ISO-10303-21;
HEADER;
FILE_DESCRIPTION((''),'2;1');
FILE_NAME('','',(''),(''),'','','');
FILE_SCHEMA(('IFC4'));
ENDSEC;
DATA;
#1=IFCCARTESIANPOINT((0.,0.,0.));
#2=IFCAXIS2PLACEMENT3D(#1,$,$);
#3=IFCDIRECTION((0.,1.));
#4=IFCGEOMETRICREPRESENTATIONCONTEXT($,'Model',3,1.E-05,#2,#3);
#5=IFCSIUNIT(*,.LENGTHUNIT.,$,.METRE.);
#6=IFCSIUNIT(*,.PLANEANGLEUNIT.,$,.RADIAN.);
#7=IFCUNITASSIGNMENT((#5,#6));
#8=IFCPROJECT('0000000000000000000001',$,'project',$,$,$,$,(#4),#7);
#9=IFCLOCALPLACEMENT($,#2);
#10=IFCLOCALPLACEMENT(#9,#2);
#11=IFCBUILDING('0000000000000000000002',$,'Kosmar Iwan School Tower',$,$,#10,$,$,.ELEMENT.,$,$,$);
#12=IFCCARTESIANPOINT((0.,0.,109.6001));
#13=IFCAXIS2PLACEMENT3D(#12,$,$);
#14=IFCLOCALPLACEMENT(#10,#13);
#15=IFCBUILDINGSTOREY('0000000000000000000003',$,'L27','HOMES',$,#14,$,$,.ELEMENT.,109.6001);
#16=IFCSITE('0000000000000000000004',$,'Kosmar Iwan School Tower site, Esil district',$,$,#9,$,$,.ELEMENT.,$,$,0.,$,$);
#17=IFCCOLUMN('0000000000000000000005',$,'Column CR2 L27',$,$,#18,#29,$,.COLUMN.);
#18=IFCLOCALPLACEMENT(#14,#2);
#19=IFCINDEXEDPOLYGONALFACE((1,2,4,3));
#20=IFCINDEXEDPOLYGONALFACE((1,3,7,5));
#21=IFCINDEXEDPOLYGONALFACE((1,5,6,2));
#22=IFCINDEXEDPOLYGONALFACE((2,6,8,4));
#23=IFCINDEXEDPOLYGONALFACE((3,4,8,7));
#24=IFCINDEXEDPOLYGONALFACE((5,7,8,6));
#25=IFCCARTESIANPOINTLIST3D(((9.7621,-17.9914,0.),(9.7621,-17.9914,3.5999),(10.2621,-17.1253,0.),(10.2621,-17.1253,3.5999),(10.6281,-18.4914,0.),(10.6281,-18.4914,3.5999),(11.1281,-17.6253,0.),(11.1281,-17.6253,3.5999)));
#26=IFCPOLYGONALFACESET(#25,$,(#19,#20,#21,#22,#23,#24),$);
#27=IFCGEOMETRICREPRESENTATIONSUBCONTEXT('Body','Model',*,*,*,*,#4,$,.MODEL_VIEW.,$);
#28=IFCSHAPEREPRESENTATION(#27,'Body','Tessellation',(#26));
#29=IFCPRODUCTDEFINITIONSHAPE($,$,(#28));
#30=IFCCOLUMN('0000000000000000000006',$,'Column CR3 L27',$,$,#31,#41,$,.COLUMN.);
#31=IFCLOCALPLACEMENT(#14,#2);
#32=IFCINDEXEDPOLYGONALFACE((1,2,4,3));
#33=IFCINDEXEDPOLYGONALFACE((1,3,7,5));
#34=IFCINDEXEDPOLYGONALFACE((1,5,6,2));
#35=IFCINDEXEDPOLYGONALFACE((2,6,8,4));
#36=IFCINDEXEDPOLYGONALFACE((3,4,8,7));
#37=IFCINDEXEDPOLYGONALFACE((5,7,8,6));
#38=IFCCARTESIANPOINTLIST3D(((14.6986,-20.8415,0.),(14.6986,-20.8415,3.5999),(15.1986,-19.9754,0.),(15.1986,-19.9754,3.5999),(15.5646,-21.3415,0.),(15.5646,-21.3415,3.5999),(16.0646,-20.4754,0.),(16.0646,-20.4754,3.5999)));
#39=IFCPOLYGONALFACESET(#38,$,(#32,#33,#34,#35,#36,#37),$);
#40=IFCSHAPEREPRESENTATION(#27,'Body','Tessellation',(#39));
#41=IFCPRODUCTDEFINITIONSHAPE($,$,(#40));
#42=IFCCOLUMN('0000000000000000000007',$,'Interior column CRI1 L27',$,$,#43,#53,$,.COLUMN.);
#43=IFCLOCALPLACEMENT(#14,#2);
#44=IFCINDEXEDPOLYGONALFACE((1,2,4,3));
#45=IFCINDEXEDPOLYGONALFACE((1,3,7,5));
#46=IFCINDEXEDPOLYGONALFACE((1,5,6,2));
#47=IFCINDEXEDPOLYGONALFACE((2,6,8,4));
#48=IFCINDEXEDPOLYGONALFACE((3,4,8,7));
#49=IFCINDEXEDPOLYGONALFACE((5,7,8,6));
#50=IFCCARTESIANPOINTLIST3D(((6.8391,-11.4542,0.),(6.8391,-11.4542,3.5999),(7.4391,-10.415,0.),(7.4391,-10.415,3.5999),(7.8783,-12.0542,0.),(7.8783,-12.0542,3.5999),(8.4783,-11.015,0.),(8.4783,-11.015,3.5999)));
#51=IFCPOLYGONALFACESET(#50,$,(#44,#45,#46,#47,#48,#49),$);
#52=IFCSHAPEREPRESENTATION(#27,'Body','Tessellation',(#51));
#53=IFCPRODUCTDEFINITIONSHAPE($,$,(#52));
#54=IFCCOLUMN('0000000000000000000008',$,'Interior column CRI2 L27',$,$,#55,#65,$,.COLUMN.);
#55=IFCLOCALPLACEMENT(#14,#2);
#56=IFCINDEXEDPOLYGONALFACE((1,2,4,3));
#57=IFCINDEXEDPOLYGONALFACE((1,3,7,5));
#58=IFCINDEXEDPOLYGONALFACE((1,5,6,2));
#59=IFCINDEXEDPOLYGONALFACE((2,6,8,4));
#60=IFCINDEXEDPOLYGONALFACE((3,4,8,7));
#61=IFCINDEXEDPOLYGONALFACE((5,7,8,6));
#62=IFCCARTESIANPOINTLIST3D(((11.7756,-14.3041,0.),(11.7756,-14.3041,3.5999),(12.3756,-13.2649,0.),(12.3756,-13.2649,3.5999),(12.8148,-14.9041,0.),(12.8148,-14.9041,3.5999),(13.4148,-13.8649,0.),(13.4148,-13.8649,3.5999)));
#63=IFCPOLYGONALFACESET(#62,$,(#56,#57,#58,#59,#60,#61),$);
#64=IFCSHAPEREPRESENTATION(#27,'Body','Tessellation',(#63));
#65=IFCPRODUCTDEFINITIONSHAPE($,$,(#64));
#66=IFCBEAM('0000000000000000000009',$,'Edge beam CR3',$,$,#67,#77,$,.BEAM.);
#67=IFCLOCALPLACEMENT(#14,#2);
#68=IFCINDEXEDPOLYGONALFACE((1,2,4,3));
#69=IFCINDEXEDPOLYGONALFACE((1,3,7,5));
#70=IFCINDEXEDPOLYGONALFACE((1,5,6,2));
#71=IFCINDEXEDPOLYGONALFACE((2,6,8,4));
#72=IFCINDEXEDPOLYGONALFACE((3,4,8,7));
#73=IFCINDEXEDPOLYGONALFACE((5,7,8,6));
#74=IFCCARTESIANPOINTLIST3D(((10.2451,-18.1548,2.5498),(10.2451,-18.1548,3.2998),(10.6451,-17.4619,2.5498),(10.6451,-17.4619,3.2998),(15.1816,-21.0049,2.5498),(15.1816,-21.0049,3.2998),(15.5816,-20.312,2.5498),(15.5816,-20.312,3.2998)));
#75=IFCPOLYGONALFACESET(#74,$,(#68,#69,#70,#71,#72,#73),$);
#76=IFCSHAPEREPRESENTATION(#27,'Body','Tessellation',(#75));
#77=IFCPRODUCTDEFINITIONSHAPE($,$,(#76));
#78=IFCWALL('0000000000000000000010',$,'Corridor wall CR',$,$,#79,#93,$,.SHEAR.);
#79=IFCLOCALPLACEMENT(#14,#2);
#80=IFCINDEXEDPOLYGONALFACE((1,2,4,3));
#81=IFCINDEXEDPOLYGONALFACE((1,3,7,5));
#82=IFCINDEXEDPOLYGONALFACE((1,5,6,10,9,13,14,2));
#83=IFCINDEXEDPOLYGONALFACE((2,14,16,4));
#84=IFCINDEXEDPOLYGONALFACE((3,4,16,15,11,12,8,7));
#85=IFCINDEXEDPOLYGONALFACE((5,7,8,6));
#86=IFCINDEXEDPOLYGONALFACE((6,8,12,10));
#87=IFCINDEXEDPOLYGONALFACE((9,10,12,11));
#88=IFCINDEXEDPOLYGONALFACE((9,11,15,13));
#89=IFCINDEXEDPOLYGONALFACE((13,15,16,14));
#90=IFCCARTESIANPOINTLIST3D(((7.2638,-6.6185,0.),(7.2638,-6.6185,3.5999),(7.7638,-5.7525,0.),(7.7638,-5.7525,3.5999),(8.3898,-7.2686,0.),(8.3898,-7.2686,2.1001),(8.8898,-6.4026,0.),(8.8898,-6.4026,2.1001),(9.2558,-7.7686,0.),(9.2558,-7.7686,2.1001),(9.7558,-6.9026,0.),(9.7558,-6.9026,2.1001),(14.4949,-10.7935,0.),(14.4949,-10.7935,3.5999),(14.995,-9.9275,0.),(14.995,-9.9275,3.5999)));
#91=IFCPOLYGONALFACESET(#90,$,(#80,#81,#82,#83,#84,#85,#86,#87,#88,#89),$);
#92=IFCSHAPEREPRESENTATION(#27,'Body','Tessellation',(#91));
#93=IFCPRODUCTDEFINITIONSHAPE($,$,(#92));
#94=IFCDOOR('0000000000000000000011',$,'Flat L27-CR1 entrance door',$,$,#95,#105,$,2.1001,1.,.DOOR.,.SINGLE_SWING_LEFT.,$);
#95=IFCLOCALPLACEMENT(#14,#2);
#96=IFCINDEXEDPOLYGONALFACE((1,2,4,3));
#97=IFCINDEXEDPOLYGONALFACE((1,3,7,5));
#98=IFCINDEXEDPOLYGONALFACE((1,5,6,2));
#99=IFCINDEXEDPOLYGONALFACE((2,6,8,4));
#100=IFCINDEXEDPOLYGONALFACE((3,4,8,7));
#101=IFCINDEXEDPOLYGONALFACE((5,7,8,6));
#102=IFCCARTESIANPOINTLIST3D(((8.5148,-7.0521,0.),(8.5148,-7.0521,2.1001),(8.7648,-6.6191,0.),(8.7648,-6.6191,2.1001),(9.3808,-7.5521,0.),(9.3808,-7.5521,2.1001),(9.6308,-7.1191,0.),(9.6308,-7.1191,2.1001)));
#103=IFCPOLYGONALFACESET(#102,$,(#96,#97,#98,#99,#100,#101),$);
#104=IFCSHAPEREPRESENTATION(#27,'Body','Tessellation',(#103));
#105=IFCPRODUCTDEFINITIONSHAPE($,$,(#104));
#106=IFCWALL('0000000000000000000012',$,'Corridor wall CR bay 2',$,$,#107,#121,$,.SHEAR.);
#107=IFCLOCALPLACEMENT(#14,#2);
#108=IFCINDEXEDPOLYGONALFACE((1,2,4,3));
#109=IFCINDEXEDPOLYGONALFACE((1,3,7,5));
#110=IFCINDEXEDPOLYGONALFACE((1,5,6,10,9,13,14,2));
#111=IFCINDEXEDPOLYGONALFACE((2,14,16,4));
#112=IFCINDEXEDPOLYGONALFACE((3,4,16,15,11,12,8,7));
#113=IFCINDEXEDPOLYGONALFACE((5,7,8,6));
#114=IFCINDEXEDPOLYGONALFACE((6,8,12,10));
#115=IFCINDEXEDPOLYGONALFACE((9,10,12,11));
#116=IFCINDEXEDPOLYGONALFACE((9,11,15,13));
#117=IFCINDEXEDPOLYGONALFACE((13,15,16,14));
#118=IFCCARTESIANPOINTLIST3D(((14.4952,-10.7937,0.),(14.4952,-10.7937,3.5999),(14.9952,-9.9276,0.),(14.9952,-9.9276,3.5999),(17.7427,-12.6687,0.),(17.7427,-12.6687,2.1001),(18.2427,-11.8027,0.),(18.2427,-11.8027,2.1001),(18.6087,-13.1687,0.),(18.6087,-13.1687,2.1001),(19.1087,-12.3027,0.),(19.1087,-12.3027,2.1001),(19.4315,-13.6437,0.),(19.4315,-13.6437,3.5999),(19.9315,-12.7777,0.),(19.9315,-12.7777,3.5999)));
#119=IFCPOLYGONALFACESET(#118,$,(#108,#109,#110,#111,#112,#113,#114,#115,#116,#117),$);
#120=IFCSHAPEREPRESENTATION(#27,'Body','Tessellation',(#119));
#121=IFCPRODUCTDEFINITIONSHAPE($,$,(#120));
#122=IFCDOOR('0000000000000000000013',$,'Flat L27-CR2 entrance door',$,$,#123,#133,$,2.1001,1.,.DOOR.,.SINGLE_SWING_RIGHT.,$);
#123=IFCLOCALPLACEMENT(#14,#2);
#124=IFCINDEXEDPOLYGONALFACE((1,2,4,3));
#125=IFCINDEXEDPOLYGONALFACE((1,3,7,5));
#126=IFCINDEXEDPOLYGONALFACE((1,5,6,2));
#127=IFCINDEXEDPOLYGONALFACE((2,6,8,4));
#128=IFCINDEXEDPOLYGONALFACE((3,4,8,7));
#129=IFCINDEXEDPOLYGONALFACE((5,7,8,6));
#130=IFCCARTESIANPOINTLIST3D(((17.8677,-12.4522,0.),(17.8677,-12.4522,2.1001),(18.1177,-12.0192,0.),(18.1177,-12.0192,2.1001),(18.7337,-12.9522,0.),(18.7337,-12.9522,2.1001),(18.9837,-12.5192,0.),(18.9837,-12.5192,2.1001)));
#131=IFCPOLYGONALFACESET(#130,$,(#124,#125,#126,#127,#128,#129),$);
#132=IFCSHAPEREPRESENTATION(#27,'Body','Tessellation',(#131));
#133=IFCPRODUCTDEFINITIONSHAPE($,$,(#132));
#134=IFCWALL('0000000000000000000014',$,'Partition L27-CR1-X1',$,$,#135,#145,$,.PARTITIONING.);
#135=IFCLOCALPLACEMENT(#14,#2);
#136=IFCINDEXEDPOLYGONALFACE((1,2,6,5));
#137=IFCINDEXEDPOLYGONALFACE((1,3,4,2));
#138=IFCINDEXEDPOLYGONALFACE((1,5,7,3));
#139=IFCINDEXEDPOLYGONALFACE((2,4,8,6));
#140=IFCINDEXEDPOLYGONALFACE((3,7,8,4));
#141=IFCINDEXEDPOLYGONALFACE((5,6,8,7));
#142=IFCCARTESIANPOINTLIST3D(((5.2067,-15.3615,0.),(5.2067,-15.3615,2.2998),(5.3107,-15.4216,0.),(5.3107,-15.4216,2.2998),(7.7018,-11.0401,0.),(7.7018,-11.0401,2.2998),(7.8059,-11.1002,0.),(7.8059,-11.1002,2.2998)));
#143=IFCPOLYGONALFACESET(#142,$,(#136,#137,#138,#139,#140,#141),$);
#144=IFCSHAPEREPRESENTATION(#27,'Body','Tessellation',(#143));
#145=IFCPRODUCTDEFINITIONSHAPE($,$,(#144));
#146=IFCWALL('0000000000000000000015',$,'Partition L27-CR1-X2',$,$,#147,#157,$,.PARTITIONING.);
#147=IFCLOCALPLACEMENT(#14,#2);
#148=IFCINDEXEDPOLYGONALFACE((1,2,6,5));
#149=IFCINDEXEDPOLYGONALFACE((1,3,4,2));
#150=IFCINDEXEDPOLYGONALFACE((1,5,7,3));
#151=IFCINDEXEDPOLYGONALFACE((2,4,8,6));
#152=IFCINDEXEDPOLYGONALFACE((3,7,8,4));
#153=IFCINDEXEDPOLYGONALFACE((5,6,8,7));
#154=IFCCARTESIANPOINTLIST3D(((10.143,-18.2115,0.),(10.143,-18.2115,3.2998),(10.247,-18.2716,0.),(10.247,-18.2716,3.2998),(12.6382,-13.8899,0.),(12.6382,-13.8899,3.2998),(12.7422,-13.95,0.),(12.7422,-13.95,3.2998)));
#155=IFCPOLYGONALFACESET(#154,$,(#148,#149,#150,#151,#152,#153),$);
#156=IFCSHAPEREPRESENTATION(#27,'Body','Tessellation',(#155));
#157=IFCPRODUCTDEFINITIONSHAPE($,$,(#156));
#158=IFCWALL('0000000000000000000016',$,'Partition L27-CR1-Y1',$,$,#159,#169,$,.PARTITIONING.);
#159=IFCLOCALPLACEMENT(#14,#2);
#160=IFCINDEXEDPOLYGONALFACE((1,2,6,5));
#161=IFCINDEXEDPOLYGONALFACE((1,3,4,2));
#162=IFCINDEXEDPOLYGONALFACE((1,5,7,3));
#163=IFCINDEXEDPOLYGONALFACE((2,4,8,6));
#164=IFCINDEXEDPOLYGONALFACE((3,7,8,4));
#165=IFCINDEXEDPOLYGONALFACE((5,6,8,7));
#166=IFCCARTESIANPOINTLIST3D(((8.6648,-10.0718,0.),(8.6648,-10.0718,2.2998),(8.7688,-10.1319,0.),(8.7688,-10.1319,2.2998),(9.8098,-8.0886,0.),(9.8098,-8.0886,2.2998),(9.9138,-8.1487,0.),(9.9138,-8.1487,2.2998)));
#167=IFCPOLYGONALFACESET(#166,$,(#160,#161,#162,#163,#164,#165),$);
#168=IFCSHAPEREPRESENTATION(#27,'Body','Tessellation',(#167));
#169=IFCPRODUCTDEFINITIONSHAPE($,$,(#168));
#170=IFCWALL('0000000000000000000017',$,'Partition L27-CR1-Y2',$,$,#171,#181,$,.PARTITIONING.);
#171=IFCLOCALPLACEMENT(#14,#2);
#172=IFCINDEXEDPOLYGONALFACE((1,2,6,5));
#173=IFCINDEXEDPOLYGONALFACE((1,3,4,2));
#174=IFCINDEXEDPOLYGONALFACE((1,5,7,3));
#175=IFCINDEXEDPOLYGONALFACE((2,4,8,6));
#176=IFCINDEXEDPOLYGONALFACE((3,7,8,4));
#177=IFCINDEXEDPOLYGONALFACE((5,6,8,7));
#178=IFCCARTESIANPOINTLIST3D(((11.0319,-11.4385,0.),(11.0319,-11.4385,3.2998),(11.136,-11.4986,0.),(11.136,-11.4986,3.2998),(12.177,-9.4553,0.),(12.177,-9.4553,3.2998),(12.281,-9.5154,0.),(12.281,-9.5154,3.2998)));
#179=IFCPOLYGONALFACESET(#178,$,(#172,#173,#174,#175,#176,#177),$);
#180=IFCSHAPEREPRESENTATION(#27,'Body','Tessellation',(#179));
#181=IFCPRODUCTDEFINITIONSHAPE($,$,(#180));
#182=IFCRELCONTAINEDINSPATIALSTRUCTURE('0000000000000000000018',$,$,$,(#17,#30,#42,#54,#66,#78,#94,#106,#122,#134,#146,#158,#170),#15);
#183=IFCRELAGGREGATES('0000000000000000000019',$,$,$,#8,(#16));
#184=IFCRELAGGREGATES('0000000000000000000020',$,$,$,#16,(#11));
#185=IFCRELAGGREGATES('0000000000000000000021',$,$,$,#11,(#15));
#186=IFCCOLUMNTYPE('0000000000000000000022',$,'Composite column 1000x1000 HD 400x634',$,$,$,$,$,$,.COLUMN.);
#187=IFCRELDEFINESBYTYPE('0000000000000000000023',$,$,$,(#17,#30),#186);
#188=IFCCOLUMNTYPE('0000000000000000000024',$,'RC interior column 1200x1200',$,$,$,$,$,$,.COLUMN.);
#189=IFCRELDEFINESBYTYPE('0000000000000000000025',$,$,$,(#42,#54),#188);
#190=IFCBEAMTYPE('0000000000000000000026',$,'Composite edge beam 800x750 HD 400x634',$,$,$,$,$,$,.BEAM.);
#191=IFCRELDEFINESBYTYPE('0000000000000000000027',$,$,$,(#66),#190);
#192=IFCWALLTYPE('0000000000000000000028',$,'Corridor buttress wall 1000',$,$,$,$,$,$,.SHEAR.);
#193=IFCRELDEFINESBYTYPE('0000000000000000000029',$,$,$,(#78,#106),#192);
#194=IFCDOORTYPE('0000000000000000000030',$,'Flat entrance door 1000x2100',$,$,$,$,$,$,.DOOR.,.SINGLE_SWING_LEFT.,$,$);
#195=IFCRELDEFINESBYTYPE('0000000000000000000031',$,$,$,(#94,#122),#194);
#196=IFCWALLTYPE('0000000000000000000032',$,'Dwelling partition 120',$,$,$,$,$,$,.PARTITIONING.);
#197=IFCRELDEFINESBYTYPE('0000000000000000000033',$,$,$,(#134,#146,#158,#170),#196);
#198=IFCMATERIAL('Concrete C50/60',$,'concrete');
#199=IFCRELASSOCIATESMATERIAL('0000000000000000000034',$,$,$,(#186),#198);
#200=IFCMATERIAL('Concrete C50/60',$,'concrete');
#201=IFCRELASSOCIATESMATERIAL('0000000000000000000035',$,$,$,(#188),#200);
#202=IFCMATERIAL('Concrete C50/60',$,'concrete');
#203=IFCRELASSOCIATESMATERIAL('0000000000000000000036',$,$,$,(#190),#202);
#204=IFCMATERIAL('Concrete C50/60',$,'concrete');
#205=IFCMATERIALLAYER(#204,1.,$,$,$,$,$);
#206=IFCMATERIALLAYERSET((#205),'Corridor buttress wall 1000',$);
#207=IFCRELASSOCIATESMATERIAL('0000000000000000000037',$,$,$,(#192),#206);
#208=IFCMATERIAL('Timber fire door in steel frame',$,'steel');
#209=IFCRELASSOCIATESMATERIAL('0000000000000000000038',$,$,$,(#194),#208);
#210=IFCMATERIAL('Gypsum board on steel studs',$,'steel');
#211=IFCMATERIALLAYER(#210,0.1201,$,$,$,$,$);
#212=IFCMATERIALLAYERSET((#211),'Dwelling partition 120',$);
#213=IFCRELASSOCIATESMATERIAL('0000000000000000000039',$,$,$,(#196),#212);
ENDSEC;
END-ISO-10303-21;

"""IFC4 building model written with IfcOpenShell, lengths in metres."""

from ifc_helpers import new_model, si_unit, direction, frame, frame_2d, origin, origin_2d, place, context, subcontext, project, spatial, rectangle, extrude, material, layer, layer_set, material_profile, profile_set, type_object, element, fill, save


model = new_model("IFC4")

# Units and contexts
model_context = context("Model", 3, precision=1e-05, world=origin(), true_north=direction((0.0, 1.0)))
body_context = subcontext(model_context, "Body", "Model", "MODEL_VIEW")
ifc_project = project(units=[si_unit("LENGTHUNIT", "METRE"), si_unit("PLANEANGLEUNIT", "RADIAN")], contexts=[model_context])

# Site, building, storey
site_placement = place(None, origin())
site = spatial("IfcSite", under=ifc_project, at=site_placement, Name="Kosmar Iwan School Tower site, Esil district", CompositionType="ELEMENT", RefElevation=0.0)
building_placement = place(site_placement, origin())
building = spatial("IfcBuilding", under=site, at=building_placement, Name="Kosmar Iwan School Tower", CompositionType="ELEMENT")
storey_placement = place(building_placement, frame((0.0, 0.0, 109.6001)))
storey = spatial("IfcBuildingStorey", under=building, at=storey_placement, Name="L27", Description="HOMES", CompositionType="ELEMENT", Elevation=109.6001)

# Columns
ifc_material_1 = material(Name="Concrete C50/60", Category="concrete")
ifc_material_profile_1 = material_profile(ifc_material_1, rectangle(XDim=1.0, YDim=1.0, at=origin_2d()), Name="RC 1000x1000 + HD 400x634")
ifc_profile_set_1 = profile_set([ifc_material_profile_1], Name="Concrete C50/60")
column_type_1 = type_object("IfcColumnType", Name="Composite column 1000x1000 HD 400x634", PredefinedType="COLUMN", material=ifc_profile_set_1)
for number, where, z_axis, x_axis, name in (
    (1, (10.4451, -17.8083, 0.0), (0.0, 0.0, 1.0), (0.866025, -0.5, 0.0), "Column CR2 L27"),
    (2, (15.3816, -20.6584, 0.0), (0.0, 0.0, 1.0), (0.866025, -0.5, 0.0), "Column CR3 L27"),
):
    element("IfcColumn", number, at=place(storey_placement, frame(where, z_axis=z_axis, x_axis=x_axis)), inside=storey, type_object=column_type_1, Name=name, PredefinedType="COLUMN", context=body_context, shape_type="SweptSolid", body=[
        extrude(rectangle(XDim=1.0, YDim=1.0, at=origin_2d()), origin(), (0.0, 0.0, 1.0), 3.5999),
    ])
ifc_material_2 = material(Name="Concrete C50/60", Category="concrete")
ifc_material_profile_2 = material_profile(ifc_material_2, rectangle(XDim=1.2, YDim=1.2, at=origin_2d()), Name="RC 1200x1200")
ifc_profile_set_2 = profile_set([ifc_material_profile_2], Name="Concrete C50/60")
column_type_2 = type_object("IfcColumnType", Name="RC interior column 1200x1200", PredefinedType="COLUMN", material=ifc_profile_set_2)
for number, where, z_axis, x_axis, name in (
    (3, (7.6587, -11.2346, 0.0), (0.0, 0.0, 1.0), (0.866025, -0.5, 0.0), "Interior column CRI1 L27"),
    (4, (12.5952, -14.0845, 0.0), (0.0, 0.0, 1.0), (0.866025, -0.5, 0.0), "Interior column CRI2 L27"),
):
    element("IfcColumn", number, at=place(storey_placement, frame(where, z_axis=z_axis, x_axis=x_axis)), inside=storey, type_object=column_type_2, Name=name, PredefinedType="COLUMN", context=body_context, shape_type="SweptSolid", body=[
        extrude(rectangle(XDim=1.2, YDim=1.2, at=origin_2d()), origin(), (0.0, 0.0, 1.0), 3.5999),
    ])

# Beam
ifc_material_3 = material(Name="Concrete C50/60", Category="concrete")
ifc_material_profile_3 = material_profile(ifc_material_3, rectangle(XDim=0.8, YDim=0.75, at=origin_2d()), Name="RC 800x750 + HD 400x634")
ifc_profile_set_3 = profile_set([ifc_material_profile_3], Name="Concrete C50/60")
beam_type = type_object("IfcBeamType", Name="Composite edge beam 800x750 HD 400x634", PredefinedType="BEAM", material=ifc_profile_set_3)
beam_placement = place(storey_placement, frame((10.4451, -17.8083, 2.9248), z_axis=(0.866026, -0.499999, 0.0), x_axis=(0.499999, 0.866026, 0.0)))
element("IfcBeam", 5, at=beam_placement, inside=storey, type_object=beam_type, Name="Edge beam CR3", PredefinedType="BEAM", context=body_context, shape_type="SweptSolid", body=[
    extrude(rectangle(XDim=0.8, YDim=0.75, at=origin_2d()), origin(), (0.0, 0.0, 1.0), 5.7002),
])

# Walls, openings, doors
ifc_material_4 = material(Name="Concrete C50/60", Category="concrete")
ifc_layer_1 = layer(ifc_material_4, 1.0)
ifc_layer_set_1 = layer_set([ifc_layer_1], Name="Corridor buttress wall 1000")
wall_type_1 = type_object("IfcWallType", Name="Corridor buttress wall 1000", PredefinedType="SHEAR", material=ifc_layer_set_1)
wall_1_placement = place(storey_placement, frame((7.5139, -6.1855, 0.0), z_axis=(0.0, 0.0, 1.0), x_axis=(0.86602, -0.50001, 0.0)))
wall_1 = element("IfcWall", 6, at=wall_1_placement, inside=storey, type_object=wall_type_1, Name="Corridor wall CR", PredefinedType="SHEAR", context=body_context, shape_type="SweptSolid", body=[
    extrude(rectangle(XDim=8.3499, YDim=1.0, at=frame_2d((4.1748, 0.0))), origin(), (0.0, 0.0, 1.0), 3.5999),
])
opening_1_placement = place(wall_1_placement, frame((1.3, 0.0, 0.0)))
opening_1 = element("IfcOpeningElement", 7, at=opening_1_placement, cuts=wall_1, PredefinedType="OPENING", context=body_context, shape_type="SweptSolid", body=[
    extrude(rectangle(XDim=1.0, YDim=2.1001, at=frame_2d((0.5, 1.05))), frame((0.0, 0.512, 0.0), z_axis=(0.0, -1.0, 0.0), x_axis=(1.0, 0.0, 0.0)), (0.0, 0.0, 1.0), 1.0239),
])
ifc_material_5 = material(Name="Timber fire door in steel frame", Category="steel")
door_type_1 = type_object("IfcDoorType", Name="Flat entrance door 1000x2100", OperationType="SINGLE_SWING_LEFT", PredefinedType="DOOR", material=ifc_material_5)
door_1_placement = place(opening_1_placement, origin())
door_1 = element("IfcDoor", 8, at=door_1_placement, inside=storey, type_object=door_type_1, Name="Flat L27-CR1 entrance door", OperationType="SINGLE_SWING_LEFT", OverallHeight=2.1001, OverallWidth=1.0, PredefinedType="DOOR", context=body_context, shape_type="SweptSolid", body=[
    extrude(rectangle(XDim=1.0, YDim=2.1001, at=frame_2d((0.5, 1.05))), frame((0.0, 0.25, 0.0), z_axis=(0.0, -1.0, 0.0), x_axis=(1.0, 0.0, 0.0)), (0.0, 0.0, 1.0), 0.5),
])
fill(opening_1, door_1)
wall_2_placement = place(storey_placement, frame((14.7451, -10.3606, 0.0), z_axis=(0.0, 0.0, 1.0), x_axis=(0.866015, -0.500018, 0.0)))
wall_2 = element("IfcWall", 9, at=wall_2_placement, inside=storey, type_object=wall_type_1, Name="Corridor wall CR bay 2", PredefinedType="SHEAR", context=body_context, shape_type="SweptSolid", body=[
    extrude(rectangle(XDim=5.7, YDim=1.0, at=frame_2d((2.8501, 0.0))), origin(), (0.0, 0.0, 1.0), 3.5999),
])
opening_2_placement = place(wall_2_placement, frame((3.75, 0.0, 0.0)))
opening_2 = element("IfcOpeningElement", 10, at=opening_2_placement, cuts=wall_2, PredefinedType="OPENING", context=body_context, shape_type="SweptSolid", body=[
    extrude(rectangle(XDim=1.0, YDim=2.1001, at=frame_2d((0.5, 1.05))), frame((0.0, 0.512, 0.0), z_axis=(0.0, -1.0, 0.0), x_axis=(1.0, 0.0, 0.0)), (0.0, 0.0, 1.0), 1.0239),
])
door_2_placement = place(opening_2_placement, origin())
door_2 = element("IfcDoor", 11, at=door_2_placement, inside=storey, type_object=door_type_1, Name="Flat L27-CR2 entrance door", OperationType="SINGLE_SWING_RIGHT", OverallHeight=2.1001, OverallWidth=1.0, PredefinedType="DOOR", context=body_context, shape_type="SweptSolid", body=[
    extrude(rectangle(XDim=1.0, YDim=2.1001, at=frame_2d((0.5, 1.05))), frame((0.0, 0.25, 0.0), z_axis=(0.0, -1.0, 0.0), x_axis=(1.0, 0.0, 0.0)), (0.0, 0.0, 1.0), 0.5),
])
fill(opening_2, door_2)

# Walls
ifc_material_6 = material(Name="Gypsum board on steel studs", Category="steel")
ifc_layer_2 = layer(ifc_material_6, 0.1201)
ifc_layer_set_2 = layer_set([ifc_layer_2], Name="Dwelling partition 120")
wall_type_2 = type_object("IfcWallType", Name="Dwelling partition 120", PredefinedType="PARTITIONING", material=ifc_layer_set_2)
wall_3_placement = place(storey_placement, frame((7.7539, -11.0701, 0.0), z_axis=(0.0, 0.0, 1.0), x_axis=(-0.500033, -0.866006, 0.0)))
element("IfcWall", 12, at=wall_3_placement, inside=storey, type_object=wall_type_2, Name="Partition L27-CR1-X1", PredefinedType="PARTITIONING", context=body_context, shape_type="SweptSolid", body=[
    extrude(rectangle(XDim=4.99, YDim=0.1201, at=frame_2d((2.4951, 0.0))), origin(), (0.0, 0.0, 1.0), 2.2998),
])
wall_4_placement = place(storey_placement, frame((12.6902, -13.9199, 0.0), z_axis=(0.0, 0.0, 1.0), x_axis=(-0.500012, -0.866019, 0.0)))
element("IfcWall", 13, at=wall_4_placement, inside=storey, type_object=wall_type_2, Name="Partition L27-CR1-X2", PredefinedType="PARTITIONING", context=body_context, shape_type="SweptSolid", body=[
    extrude(rectangle(XDim=4.9902, YDim=0.1201, at=frame_2d((2.4951, 0.0))), origin(), (0.0, 0.0, 1.0), 3.2998),
])
wall_5_placement = place(storey_placement, frame((9.8618, -8.1187, 0.0), z_axis=(0.0, 0.0, 1.0), x_axis=(-0.500015, -0.866017, 0.0)))
element("IfcWall", 14, at=wall_5_placement, inside=storey, type_object=wall_type_2, Name="Partition L27-CR1-Y1", PredefinedType="PARTITIONING", context=body_context, shape_type="SweptSolid", body=[
    extrude(rectangle(XDim=2.29, YDim=0.1201, at=frame_2d((1.145, 0.0))), origin(), (0.0, 0.0, 1.0), 2.2998),
])
for number, where, z_axis, x_axis, name in (
    (15, (12.229, -9.4854, 0.0), (0.0, 0.0, 1.0), (-0.500015, -0.866017, 0.0), "Partition L27-CR1-Y2"),
):
    element("IfcWall", number, at=place(storey_placement, frame(where, z_axis=z_axis, x_axis=x_axis)), inside=storey, type_object=wall_type_2, Name=name, PredefinedType="PARTITIONING", context=body_context, shape_type="SweptSolid", body=[
        extrude(rectangle(XDim=2.29, YDim=0.1201, at=frame_2d((1.145, 0.0))), origin(), (0.0, 0.0, 1.0), 3.2998),
    ])

save(model, "model.ifc")
